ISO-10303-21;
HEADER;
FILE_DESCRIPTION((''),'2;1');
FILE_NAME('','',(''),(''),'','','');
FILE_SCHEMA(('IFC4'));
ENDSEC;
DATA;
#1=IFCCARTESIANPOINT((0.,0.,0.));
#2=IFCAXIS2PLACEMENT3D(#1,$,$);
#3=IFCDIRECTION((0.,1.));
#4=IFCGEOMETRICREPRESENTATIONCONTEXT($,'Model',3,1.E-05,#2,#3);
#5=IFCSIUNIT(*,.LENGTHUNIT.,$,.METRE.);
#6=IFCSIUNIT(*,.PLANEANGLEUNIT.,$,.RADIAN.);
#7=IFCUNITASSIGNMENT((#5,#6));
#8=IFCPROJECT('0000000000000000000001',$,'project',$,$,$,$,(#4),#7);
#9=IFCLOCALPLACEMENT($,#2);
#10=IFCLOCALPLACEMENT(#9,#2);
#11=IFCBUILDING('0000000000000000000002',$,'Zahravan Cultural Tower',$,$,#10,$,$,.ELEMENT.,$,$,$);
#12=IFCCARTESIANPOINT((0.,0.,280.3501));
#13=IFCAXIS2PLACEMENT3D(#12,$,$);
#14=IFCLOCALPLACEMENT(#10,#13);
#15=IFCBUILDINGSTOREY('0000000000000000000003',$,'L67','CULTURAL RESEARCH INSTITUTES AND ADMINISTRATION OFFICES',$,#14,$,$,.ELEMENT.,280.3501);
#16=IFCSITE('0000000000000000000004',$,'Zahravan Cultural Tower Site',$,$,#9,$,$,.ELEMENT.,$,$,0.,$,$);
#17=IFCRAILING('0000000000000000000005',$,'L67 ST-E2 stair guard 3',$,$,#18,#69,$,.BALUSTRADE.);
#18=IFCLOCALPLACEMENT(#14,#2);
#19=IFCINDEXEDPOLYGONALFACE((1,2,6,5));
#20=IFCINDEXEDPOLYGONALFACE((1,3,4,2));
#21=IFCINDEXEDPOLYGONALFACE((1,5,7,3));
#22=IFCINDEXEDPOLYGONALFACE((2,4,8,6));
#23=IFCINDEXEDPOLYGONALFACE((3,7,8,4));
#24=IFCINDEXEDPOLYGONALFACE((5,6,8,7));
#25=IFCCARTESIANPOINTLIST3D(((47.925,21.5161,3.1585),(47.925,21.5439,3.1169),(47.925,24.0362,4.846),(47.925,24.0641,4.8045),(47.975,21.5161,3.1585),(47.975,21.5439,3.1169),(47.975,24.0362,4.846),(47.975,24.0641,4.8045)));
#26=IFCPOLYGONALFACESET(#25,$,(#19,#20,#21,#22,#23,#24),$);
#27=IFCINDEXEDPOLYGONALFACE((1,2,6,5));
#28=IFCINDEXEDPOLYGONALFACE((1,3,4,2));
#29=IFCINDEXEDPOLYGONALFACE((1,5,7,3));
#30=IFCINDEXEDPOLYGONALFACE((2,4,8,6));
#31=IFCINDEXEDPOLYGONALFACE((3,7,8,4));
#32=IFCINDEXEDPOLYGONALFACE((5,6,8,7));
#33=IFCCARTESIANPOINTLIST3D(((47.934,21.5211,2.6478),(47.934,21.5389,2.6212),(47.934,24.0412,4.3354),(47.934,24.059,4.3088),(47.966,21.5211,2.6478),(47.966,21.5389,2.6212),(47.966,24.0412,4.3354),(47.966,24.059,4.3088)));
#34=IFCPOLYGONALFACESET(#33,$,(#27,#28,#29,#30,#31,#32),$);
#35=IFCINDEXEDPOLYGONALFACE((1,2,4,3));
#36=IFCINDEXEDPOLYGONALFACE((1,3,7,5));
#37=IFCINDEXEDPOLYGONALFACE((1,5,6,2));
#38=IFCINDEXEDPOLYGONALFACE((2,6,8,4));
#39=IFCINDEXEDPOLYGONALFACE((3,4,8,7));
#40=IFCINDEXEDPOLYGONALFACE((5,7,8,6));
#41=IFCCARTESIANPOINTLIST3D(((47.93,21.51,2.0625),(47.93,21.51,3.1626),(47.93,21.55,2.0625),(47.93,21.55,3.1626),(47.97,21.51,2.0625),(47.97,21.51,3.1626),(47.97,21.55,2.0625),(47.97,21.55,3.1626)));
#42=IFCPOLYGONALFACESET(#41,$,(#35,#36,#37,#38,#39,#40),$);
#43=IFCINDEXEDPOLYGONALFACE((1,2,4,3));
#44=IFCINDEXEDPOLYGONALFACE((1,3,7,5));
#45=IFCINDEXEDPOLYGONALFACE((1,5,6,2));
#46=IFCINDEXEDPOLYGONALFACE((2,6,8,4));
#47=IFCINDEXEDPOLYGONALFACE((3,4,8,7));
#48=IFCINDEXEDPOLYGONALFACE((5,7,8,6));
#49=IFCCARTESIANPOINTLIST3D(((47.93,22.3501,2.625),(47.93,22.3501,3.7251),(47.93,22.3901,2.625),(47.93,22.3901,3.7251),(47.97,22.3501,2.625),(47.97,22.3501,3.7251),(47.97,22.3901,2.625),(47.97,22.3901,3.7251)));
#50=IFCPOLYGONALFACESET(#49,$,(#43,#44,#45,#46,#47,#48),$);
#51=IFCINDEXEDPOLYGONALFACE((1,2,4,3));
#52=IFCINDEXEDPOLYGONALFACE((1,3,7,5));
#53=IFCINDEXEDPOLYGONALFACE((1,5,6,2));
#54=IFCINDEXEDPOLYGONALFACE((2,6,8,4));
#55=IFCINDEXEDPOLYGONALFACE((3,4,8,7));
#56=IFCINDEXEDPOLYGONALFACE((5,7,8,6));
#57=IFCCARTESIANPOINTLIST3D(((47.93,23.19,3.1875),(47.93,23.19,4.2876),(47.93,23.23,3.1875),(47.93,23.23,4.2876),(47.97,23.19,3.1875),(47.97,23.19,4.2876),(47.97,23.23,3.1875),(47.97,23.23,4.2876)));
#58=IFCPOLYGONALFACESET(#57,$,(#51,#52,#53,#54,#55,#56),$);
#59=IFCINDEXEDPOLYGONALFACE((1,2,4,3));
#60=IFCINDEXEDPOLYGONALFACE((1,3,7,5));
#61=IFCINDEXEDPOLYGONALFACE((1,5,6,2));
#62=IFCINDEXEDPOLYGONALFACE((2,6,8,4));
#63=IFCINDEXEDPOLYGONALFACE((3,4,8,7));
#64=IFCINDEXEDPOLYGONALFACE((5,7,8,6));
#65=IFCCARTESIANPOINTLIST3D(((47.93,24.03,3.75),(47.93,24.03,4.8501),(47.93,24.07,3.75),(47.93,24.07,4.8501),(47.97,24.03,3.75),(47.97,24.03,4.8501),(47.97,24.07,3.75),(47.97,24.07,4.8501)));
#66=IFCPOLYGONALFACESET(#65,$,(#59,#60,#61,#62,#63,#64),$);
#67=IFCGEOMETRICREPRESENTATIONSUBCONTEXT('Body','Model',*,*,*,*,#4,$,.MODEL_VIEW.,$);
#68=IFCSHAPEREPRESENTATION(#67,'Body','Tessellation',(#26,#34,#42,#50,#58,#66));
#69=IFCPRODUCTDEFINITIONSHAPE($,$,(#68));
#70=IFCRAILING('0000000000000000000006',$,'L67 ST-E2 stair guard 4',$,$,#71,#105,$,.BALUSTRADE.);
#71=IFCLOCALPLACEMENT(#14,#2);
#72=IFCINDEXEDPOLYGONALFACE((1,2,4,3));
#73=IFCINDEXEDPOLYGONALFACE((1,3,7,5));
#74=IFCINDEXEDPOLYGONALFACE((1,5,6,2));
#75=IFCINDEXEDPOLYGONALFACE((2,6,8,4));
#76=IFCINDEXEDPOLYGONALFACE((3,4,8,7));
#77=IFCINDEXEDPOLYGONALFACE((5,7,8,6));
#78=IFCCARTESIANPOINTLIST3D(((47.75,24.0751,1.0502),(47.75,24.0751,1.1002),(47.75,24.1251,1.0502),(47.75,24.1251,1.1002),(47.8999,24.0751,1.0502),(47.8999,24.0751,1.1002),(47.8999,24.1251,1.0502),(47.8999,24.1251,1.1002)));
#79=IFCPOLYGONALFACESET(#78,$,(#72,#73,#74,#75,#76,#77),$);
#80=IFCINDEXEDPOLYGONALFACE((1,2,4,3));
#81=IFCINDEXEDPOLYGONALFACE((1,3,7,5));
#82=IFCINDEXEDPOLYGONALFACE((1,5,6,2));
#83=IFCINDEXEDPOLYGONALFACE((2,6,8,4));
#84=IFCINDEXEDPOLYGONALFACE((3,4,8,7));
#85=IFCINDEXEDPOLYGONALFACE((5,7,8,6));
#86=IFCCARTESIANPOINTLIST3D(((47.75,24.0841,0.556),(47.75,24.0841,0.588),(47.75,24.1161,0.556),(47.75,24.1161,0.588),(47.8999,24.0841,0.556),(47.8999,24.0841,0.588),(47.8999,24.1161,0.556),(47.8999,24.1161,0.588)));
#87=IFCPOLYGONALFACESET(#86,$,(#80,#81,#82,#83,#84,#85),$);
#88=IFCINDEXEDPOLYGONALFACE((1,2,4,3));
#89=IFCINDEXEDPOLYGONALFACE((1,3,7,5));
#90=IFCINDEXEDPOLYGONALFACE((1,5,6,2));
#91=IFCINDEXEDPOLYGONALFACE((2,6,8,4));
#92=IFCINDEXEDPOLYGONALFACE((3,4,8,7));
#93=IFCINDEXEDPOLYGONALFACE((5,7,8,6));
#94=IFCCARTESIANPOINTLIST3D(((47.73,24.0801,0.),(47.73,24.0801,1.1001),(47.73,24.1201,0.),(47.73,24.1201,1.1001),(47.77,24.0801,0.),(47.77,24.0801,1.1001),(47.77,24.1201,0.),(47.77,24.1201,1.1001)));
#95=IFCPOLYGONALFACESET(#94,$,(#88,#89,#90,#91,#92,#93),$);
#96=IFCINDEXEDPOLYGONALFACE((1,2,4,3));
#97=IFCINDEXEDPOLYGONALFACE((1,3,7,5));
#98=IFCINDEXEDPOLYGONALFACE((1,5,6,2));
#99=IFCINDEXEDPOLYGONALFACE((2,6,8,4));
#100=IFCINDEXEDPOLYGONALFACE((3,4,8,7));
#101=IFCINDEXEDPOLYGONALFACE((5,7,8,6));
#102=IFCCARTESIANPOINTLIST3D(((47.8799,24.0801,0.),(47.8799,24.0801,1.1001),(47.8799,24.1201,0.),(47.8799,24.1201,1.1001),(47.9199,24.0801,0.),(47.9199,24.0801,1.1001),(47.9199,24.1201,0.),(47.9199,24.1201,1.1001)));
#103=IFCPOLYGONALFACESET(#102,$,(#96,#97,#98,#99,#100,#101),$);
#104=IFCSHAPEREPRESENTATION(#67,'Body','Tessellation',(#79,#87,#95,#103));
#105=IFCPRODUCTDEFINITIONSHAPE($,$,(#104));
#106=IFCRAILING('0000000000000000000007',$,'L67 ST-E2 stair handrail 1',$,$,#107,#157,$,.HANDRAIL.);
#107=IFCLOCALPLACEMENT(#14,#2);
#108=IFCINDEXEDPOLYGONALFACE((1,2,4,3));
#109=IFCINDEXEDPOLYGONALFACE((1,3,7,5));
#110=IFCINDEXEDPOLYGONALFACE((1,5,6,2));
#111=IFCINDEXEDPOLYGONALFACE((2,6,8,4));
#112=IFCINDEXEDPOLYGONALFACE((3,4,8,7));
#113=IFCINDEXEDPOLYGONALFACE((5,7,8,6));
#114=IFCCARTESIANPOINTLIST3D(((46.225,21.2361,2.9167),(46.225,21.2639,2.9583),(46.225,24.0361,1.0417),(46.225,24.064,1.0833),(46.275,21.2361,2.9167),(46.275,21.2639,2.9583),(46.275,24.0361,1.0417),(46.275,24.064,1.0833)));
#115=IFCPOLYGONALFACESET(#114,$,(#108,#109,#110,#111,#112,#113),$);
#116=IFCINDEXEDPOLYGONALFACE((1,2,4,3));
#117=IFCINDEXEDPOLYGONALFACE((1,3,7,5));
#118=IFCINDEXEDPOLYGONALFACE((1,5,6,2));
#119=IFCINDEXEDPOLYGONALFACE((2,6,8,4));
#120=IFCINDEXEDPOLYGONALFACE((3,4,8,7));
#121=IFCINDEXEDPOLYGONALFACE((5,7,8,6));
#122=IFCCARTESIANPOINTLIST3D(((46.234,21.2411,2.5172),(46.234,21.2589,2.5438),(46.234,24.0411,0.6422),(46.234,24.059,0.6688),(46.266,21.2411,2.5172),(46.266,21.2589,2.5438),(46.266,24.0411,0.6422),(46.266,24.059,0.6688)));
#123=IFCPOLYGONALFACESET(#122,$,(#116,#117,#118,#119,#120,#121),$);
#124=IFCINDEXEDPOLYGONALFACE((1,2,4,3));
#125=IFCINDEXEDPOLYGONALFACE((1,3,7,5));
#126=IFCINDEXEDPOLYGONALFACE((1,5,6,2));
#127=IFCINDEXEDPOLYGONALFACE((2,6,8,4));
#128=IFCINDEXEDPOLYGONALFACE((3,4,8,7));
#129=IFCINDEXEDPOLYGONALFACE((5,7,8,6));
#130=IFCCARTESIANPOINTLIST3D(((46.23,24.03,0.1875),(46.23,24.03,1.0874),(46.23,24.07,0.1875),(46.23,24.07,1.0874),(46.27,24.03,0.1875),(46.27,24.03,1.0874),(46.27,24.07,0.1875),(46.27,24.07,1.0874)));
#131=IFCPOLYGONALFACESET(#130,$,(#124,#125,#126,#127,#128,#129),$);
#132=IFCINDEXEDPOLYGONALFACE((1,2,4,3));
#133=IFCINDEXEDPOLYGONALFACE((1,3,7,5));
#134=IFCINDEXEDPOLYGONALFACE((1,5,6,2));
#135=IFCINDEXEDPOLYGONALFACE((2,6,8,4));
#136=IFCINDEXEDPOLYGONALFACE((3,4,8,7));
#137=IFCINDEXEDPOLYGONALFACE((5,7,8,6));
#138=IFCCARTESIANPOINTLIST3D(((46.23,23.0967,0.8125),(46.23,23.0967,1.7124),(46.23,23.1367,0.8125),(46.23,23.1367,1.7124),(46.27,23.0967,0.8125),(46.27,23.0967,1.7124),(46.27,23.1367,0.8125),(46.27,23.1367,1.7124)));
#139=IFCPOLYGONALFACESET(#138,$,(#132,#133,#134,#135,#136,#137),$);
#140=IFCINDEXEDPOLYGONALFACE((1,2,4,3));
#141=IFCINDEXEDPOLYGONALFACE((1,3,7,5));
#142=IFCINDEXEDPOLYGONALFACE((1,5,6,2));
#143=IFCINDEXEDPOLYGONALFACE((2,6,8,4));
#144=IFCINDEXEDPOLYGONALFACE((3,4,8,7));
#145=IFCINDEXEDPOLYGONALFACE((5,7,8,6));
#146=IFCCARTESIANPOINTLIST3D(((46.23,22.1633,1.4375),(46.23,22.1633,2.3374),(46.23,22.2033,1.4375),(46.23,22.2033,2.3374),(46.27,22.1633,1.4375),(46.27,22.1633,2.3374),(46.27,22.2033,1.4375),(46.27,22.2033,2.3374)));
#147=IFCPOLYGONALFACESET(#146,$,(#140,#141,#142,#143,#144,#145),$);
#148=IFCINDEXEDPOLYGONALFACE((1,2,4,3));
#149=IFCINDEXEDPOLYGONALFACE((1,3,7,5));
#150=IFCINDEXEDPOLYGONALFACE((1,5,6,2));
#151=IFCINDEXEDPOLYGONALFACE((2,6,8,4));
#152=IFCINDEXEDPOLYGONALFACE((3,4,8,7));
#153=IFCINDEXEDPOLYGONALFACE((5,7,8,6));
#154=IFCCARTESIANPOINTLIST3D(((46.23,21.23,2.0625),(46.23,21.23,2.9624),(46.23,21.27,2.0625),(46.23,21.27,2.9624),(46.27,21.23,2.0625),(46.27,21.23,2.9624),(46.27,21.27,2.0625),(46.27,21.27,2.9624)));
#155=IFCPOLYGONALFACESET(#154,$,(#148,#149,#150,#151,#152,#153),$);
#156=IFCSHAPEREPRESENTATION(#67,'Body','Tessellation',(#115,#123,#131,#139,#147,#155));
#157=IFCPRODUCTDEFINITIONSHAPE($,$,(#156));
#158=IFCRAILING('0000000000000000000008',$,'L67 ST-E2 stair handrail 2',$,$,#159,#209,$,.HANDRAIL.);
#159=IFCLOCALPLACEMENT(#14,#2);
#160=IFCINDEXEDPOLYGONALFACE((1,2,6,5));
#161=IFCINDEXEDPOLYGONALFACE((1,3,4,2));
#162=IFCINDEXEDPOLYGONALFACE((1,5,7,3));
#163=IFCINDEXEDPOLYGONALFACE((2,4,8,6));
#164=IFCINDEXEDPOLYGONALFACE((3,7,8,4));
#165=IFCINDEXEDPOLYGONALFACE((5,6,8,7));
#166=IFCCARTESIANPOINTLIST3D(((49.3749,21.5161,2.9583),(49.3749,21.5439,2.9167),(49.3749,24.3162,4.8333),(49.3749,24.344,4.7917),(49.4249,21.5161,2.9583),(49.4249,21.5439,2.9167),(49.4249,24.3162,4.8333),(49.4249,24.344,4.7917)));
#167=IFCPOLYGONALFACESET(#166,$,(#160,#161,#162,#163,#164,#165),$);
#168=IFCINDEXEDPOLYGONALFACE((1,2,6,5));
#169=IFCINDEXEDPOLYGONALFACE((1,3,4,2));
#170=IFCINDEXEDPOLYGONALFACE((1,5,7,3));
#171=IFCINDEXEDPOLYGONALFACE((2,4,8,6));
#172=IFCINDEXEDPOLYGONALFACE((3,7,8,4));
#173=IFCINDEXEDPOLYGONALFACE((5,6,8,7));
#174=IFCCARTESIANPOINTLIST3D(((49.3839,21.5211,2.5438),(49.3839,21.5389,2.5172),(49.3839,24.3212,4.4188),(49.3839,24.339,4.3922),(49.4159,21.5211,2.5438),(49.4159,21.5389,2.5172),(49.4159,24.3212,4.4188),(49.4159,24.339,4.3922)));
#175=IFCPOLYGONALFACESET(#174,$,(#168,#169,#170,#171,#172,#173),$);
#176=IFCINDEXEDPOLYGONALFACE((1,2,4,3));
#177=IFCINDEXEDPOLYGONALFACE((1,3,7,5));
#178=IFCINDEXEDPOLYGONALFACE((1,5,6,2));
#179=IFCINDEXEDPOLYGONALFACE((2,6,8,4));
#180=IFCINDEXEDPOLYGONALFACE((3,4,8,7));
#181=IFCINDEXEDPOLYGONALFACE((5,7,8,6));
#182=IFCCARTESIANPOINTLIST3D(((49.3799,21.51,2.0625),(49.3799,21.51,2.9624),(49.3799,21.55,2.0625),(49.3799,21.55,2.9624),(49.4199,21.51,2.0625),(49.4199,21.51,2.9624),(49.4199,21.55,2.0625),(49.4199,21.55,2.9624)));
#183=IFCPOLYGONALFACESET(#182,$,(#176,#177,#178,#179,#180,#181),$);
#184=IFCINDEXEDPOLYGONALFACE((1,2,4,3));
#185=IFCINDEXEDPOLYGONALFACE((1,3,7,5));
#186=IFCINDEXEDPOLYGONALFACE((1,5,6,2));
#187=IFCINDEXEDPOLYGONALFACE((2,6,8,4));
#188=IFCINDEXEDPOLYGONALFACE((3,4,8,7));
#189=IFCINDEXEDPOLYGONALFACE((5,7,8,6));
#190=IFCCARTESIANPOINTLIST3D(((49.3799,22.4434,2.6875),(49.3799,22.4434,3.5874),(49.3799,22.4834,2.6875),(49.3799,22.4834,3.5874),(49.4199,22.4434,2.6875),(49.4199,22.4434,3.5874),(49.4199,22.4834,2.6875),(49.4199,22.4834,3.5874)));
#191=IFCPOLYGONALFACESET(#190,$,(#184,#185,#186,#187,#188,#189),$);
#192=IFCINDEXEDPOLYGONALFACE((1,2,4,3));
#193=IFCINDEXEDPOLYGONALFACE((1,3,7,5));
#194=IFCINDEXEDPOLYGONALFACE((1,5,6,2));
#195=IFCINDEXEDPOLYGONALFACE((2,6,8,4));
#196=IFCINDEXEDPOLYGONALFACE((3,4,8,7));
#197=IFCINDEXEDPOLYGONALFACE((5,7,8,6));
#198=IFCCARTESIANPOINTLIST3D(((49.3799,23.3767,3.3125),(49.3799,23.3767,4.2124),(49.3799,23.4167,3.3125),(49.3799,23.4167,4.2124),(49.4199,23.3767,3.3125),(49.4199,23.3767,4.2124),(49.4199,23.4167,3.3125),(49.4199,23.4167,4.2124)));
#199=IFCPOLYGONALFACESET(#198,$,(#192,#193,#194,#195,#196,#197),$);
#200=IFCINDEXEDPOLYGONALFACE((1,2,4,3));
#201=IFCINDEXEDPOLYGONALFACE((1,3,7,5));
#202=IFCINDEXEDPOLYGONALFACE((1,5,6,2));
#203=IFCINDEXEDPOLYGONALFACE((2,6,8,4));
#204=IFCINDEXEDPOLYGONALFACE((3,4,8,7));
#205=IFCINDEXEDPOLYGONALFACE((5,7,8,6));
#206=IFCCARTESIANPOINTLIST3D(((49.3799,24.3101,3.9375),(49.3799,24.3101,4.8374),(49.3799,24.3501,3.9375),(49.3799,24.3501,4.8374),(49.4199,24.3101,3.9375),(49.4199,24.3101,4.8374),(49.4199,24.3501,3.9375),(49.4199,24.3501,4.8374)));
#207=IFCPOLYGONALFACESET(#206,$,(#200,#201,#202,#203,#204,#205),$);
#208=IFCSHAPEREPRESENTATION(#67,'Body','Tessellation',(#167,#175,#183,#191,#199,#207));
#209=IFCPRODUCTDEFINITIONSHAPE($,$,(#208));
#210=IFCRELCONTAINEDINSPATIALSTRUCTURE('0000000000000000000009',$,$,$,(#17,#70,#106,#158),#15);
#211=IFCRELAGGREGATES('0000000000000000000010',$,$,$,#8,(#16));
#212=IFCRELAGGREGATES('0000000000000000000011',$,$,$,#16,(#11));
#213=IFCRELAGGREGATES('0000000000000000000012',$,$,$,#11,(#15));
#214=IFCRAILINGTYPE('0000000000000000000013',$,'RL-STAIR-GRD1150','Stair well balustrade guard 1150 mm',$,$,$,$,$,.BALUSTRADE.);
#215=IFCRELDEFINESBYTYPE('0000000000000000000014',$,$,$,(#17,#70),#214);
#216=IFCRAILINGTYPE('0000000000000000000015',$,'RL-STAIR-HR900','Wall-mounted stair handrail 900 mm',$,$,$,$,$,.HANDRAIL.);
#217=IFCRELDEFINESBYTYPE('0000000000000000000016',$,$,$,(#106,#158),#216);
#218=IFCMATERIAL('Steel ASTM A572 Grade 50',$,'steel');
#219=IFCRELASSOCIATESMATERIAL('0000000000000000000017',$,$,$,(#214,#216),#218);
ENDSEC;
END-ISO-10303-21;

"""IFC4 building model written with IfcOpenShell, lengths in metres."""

from ifc_helpers import new_model, si_unit, direction, frame, origin, origin_2d, place, context, subcontext, project, spatial, rectangle, extrude, material, type_object, element, save


model = new_model("IFC4")

# Units and contexts
model_context = context("Model", 3, precision=1e-05, world=origin(), true_north=direction((0.0, 1.0)))
body_context = subcontext(model_context, "Body", "Model", "MODEL_VIEW")
ifc_project = project(units=[si_unit("LENGTHUNIT", "METRE"), si_unit("PLANEANGLEUNIT", "RADIAN")], contexts=[model_context])

# Site, building, storey
site_placement = place(None, origin())
site = spatial("IfcSite", under=ifc_project, at=site_placement, Name="Zahravan Cultural Tower Site", CompositionType="ELEMENT", RefElevation=0.0)
building_placement = place(site_placement, origin())
building = spatial("IfcBuilding", under=site, at=building_placement, Name="Zahravan Cultural Tower", CompositionType="ELEMENT")
storey_placement = place(building_placement, frame((0.0, 0.0, 280.3501)))
storey = spatial("IfcBuildingStorey", under=building, at=storey_placement, Name="L67", Description="CULTURAL RESEARCH INSTITUTES AND ADMINISTRATION OFFICES", CompositionType="ELEMENT", Elevation=280.3501)

# Railings
ifc_material_1 = material(Name="Steel ASTM A572 Grade 50", Category="steel")
railing_type_1 = type_object("IfcRailingType", Name="RL-STAIR-GRD1150", Description="Stair well balustrade guard 1150 mm", PredefinedType="BALUSTRADE", material=ifc_material_1)
railing_1_placement = place(storey_placement, frame((47.95, 21.53, 2.0625)))
element("IfcRailing", 1, at=railing_1_placement, inside=storey, type_object=railing_type_1, Name="L67 ST-E2 stair guard 3", PredefinedType="BALUSTRADE", context=body_context, shape_type="SweptSolid", body=[
    extrude(rectangle(XDim=0.05, YDim=0.05, at=origin_2d()), frame((0.0, 0.0, 1.0752), z_axis=(0.0, 0.830909, 0.556408), x_axis=(-1.0, 0.0, 0.0)), (0.0, 0.0, 1.0), 3.033),
    extrude(rectangle(XDim=0.032, YDim=0.032, at=origin_2d()), frame((0.0, 0.0, 0.572), z_axis=(0.0, 0.830909, 0.556408), x_axis=(-1.0, 0.0, 0.0)), (0.0, 0.0, 1.0), 3.033),
    extrude(rectangle(XDim=0.04, YDim=0.04, at=origin_2d()), origin(), (0.0, 0.0, 1.0), 1.1001),
    extrude(rectangle(XDim=0.04, YDim=0.04, at=origin_2d()), frame((0.0, 0.8401, 0.5625)), (0.0, 0.0, 1.0), 1.1001),
    extrude(rectangle(XDim=0.04, YDim=0.04, at=origin_2d()), frame((0.0, 1.6799, 1.125)), (0.0, 0.0, 1.0), 1.1001),
    extrude(rectangle(XDim=0.04, YDim=0.04, at=origin_2d()), frame((0.0, 2.52, 1.6875)), (0.0, 0.0, 1.0), 1.1001),
])
railing_2_placement = place(storey_placement, frame((47.75, 24.1001, 0.0)))
element("IfcRailing", 2, at=railing_2_placement, inside=storey, type_object=railing_type_1, Name="L67 ST-E2 stair guard 4", PredefinedType="BALUSTRADE", context=body_context, shape_type="SweptSolid", body=[
    extrude(rectangle(XDim=0.05, YDim=0.05, at=origin_2d()), frame((0.0, 0.0, 1.0752), z_axis=(1.0, 0.0, 0.0), x_axis=(0.0, 1.0, 0.0)), (0.0, 0.0, 1.0), 0.1499),
    extrude(rectangle(XDim=0.032, YDim=0.032, at=origin_2d()), frame((0.0, 0.0, 0.572), z_axis=(1.0, 0.0, 0.0), x_axis=(0.0, 1.0, 0.0)), (0.0, 0.0, 1.0), 0.1499),
    extrude(rectangle(XDim=0.04, YDim=0.04, at=origin_2d()), origin(), (0.0, 0.0, 1.0), 1.1001),
    extrude(rectangle(XDim=0.04, YDim=0.04, at=origin_2d()), frame((0.1499, 0.0, 0.0)), (0.0, 0.0, 1.0), 1.1001),
])
railing_type_2 = type_object("IfcRailingType", Name="RL-STAIR-HR900", Description="Wall-mounted stair handrail 900 mm", PredefinedType="HANDRAIL", material=ifc_material_1)
railing_3_placement = place(storey_placement, frame((46.25, 24.05, 0.1875)))
element("IfcRailing", 3, at=railing_3_placement, inside=storey, type_object=railing_type_2, Name="L67 ST-E2 stair handrail 1", PredefinedType="HANDRAIL", context=body_context, shape_type="SweptSolid", body=[
    extrude(rectangle(XDim=0.05, YDim=0.05, at=origin_2d()), frame((0.0, 0.0, 0.875), z_axis=(0.0, -0.830912, 0.556404), x_axis=(1.0, 0.0, 0.0)), (0.0, 0.0, 1.0), 3.3699),
    extrude(rectangle(XDim=0.032, YDim=0.032, at=origin_2d()), frame((0.0, 0.0, 0.468), z_axis=(0.0, -0.830912, 0.556404), x_axis=(1.0, 0.0, 0.0)), (0.0, 0.0, 1.0), 3.3699),
    extrude(rectangle(XDim=0.04, YDim=0.04, at=origin_2d()), origin(), (0.0, 0.0, 1.0), 0.8999),
    extrude(rectangle(XDim=0.04, YDim=0.04, at=origin_2d()), frame((0.0, -0.9333, 0.625)), (0.0, 0.0, 1.0), 0.8999),
    extrude(rectangle(XDim=0.04, YDim=0.04, at=origin_2d()), frame((0.0, -1.8667, 1.25)), (0.0, 0.0, 1.0), 0.8999),
    extrude(rectangle(XDim=0.04, YDim=0.04, at=origin_2d()), frame((0.0, -2.8, 1.875)), (0.0, 0.0, 1.0), 0.8999),
])
railing_4_placement = place(storey_placement, frame((49.3999, 21.53, 2.0625)))
element("IfcRailing", 4, at=railing_4_placement, inside=storey, type_object=railing_type_2, Name="L67 ST-E2 stair handrail 2", PredefinedType="HANDRAIL", context=body_context, shape_type="SweptSolid", body=[
    extrude(rectangle(XDim=0.05, YDim=0.05, at=origin_2d()), frame((0.0, 0.0, 0.875), z_axis=(0.0, 0.830912, 0.556404), x_axis=(-1.0, 0.0, 0.0)), (0.0, 0.0, 1.0), 3.3699),
    extrude(rectangle(XDim=0.032, YDim=0.032, at=origin_2d()), frame((0.0, 0.0, 0.468), z_axis=(0.0, 0.830912, 0.556404), x_axis=(-1.0, 0.0, 0.0)), (0.0, 0.0, 1.0), 3.3699),
    extrude(rectangle(XDim=0.04, YDim=0.04, at=origin_2d()), origin(), (0.0, 0.0, 1.0), 0.8999),
    extrude(rectangle(XDim=0.04, YDim=0.04, at=origin_2d()), frame((0.0, 0.9333, 0.625)), (0.0, 0.0, 1.0), 0.8999),
    extrude(rectangle(XDim=0.04, YDim=0.04, at=origin_2d()), frame((0.0, 1.8667, 1.25)), (0.0, 0.0, 1.0), 0.8999),
    extrude(rectangle(XDim=0.04, YDim=0.04, at=origin_2d()), frame((0.0, 2.8, 1.875)), (0.0, 0.0, 1.0), 0.8999),
])

save(model, "model.ifc")
